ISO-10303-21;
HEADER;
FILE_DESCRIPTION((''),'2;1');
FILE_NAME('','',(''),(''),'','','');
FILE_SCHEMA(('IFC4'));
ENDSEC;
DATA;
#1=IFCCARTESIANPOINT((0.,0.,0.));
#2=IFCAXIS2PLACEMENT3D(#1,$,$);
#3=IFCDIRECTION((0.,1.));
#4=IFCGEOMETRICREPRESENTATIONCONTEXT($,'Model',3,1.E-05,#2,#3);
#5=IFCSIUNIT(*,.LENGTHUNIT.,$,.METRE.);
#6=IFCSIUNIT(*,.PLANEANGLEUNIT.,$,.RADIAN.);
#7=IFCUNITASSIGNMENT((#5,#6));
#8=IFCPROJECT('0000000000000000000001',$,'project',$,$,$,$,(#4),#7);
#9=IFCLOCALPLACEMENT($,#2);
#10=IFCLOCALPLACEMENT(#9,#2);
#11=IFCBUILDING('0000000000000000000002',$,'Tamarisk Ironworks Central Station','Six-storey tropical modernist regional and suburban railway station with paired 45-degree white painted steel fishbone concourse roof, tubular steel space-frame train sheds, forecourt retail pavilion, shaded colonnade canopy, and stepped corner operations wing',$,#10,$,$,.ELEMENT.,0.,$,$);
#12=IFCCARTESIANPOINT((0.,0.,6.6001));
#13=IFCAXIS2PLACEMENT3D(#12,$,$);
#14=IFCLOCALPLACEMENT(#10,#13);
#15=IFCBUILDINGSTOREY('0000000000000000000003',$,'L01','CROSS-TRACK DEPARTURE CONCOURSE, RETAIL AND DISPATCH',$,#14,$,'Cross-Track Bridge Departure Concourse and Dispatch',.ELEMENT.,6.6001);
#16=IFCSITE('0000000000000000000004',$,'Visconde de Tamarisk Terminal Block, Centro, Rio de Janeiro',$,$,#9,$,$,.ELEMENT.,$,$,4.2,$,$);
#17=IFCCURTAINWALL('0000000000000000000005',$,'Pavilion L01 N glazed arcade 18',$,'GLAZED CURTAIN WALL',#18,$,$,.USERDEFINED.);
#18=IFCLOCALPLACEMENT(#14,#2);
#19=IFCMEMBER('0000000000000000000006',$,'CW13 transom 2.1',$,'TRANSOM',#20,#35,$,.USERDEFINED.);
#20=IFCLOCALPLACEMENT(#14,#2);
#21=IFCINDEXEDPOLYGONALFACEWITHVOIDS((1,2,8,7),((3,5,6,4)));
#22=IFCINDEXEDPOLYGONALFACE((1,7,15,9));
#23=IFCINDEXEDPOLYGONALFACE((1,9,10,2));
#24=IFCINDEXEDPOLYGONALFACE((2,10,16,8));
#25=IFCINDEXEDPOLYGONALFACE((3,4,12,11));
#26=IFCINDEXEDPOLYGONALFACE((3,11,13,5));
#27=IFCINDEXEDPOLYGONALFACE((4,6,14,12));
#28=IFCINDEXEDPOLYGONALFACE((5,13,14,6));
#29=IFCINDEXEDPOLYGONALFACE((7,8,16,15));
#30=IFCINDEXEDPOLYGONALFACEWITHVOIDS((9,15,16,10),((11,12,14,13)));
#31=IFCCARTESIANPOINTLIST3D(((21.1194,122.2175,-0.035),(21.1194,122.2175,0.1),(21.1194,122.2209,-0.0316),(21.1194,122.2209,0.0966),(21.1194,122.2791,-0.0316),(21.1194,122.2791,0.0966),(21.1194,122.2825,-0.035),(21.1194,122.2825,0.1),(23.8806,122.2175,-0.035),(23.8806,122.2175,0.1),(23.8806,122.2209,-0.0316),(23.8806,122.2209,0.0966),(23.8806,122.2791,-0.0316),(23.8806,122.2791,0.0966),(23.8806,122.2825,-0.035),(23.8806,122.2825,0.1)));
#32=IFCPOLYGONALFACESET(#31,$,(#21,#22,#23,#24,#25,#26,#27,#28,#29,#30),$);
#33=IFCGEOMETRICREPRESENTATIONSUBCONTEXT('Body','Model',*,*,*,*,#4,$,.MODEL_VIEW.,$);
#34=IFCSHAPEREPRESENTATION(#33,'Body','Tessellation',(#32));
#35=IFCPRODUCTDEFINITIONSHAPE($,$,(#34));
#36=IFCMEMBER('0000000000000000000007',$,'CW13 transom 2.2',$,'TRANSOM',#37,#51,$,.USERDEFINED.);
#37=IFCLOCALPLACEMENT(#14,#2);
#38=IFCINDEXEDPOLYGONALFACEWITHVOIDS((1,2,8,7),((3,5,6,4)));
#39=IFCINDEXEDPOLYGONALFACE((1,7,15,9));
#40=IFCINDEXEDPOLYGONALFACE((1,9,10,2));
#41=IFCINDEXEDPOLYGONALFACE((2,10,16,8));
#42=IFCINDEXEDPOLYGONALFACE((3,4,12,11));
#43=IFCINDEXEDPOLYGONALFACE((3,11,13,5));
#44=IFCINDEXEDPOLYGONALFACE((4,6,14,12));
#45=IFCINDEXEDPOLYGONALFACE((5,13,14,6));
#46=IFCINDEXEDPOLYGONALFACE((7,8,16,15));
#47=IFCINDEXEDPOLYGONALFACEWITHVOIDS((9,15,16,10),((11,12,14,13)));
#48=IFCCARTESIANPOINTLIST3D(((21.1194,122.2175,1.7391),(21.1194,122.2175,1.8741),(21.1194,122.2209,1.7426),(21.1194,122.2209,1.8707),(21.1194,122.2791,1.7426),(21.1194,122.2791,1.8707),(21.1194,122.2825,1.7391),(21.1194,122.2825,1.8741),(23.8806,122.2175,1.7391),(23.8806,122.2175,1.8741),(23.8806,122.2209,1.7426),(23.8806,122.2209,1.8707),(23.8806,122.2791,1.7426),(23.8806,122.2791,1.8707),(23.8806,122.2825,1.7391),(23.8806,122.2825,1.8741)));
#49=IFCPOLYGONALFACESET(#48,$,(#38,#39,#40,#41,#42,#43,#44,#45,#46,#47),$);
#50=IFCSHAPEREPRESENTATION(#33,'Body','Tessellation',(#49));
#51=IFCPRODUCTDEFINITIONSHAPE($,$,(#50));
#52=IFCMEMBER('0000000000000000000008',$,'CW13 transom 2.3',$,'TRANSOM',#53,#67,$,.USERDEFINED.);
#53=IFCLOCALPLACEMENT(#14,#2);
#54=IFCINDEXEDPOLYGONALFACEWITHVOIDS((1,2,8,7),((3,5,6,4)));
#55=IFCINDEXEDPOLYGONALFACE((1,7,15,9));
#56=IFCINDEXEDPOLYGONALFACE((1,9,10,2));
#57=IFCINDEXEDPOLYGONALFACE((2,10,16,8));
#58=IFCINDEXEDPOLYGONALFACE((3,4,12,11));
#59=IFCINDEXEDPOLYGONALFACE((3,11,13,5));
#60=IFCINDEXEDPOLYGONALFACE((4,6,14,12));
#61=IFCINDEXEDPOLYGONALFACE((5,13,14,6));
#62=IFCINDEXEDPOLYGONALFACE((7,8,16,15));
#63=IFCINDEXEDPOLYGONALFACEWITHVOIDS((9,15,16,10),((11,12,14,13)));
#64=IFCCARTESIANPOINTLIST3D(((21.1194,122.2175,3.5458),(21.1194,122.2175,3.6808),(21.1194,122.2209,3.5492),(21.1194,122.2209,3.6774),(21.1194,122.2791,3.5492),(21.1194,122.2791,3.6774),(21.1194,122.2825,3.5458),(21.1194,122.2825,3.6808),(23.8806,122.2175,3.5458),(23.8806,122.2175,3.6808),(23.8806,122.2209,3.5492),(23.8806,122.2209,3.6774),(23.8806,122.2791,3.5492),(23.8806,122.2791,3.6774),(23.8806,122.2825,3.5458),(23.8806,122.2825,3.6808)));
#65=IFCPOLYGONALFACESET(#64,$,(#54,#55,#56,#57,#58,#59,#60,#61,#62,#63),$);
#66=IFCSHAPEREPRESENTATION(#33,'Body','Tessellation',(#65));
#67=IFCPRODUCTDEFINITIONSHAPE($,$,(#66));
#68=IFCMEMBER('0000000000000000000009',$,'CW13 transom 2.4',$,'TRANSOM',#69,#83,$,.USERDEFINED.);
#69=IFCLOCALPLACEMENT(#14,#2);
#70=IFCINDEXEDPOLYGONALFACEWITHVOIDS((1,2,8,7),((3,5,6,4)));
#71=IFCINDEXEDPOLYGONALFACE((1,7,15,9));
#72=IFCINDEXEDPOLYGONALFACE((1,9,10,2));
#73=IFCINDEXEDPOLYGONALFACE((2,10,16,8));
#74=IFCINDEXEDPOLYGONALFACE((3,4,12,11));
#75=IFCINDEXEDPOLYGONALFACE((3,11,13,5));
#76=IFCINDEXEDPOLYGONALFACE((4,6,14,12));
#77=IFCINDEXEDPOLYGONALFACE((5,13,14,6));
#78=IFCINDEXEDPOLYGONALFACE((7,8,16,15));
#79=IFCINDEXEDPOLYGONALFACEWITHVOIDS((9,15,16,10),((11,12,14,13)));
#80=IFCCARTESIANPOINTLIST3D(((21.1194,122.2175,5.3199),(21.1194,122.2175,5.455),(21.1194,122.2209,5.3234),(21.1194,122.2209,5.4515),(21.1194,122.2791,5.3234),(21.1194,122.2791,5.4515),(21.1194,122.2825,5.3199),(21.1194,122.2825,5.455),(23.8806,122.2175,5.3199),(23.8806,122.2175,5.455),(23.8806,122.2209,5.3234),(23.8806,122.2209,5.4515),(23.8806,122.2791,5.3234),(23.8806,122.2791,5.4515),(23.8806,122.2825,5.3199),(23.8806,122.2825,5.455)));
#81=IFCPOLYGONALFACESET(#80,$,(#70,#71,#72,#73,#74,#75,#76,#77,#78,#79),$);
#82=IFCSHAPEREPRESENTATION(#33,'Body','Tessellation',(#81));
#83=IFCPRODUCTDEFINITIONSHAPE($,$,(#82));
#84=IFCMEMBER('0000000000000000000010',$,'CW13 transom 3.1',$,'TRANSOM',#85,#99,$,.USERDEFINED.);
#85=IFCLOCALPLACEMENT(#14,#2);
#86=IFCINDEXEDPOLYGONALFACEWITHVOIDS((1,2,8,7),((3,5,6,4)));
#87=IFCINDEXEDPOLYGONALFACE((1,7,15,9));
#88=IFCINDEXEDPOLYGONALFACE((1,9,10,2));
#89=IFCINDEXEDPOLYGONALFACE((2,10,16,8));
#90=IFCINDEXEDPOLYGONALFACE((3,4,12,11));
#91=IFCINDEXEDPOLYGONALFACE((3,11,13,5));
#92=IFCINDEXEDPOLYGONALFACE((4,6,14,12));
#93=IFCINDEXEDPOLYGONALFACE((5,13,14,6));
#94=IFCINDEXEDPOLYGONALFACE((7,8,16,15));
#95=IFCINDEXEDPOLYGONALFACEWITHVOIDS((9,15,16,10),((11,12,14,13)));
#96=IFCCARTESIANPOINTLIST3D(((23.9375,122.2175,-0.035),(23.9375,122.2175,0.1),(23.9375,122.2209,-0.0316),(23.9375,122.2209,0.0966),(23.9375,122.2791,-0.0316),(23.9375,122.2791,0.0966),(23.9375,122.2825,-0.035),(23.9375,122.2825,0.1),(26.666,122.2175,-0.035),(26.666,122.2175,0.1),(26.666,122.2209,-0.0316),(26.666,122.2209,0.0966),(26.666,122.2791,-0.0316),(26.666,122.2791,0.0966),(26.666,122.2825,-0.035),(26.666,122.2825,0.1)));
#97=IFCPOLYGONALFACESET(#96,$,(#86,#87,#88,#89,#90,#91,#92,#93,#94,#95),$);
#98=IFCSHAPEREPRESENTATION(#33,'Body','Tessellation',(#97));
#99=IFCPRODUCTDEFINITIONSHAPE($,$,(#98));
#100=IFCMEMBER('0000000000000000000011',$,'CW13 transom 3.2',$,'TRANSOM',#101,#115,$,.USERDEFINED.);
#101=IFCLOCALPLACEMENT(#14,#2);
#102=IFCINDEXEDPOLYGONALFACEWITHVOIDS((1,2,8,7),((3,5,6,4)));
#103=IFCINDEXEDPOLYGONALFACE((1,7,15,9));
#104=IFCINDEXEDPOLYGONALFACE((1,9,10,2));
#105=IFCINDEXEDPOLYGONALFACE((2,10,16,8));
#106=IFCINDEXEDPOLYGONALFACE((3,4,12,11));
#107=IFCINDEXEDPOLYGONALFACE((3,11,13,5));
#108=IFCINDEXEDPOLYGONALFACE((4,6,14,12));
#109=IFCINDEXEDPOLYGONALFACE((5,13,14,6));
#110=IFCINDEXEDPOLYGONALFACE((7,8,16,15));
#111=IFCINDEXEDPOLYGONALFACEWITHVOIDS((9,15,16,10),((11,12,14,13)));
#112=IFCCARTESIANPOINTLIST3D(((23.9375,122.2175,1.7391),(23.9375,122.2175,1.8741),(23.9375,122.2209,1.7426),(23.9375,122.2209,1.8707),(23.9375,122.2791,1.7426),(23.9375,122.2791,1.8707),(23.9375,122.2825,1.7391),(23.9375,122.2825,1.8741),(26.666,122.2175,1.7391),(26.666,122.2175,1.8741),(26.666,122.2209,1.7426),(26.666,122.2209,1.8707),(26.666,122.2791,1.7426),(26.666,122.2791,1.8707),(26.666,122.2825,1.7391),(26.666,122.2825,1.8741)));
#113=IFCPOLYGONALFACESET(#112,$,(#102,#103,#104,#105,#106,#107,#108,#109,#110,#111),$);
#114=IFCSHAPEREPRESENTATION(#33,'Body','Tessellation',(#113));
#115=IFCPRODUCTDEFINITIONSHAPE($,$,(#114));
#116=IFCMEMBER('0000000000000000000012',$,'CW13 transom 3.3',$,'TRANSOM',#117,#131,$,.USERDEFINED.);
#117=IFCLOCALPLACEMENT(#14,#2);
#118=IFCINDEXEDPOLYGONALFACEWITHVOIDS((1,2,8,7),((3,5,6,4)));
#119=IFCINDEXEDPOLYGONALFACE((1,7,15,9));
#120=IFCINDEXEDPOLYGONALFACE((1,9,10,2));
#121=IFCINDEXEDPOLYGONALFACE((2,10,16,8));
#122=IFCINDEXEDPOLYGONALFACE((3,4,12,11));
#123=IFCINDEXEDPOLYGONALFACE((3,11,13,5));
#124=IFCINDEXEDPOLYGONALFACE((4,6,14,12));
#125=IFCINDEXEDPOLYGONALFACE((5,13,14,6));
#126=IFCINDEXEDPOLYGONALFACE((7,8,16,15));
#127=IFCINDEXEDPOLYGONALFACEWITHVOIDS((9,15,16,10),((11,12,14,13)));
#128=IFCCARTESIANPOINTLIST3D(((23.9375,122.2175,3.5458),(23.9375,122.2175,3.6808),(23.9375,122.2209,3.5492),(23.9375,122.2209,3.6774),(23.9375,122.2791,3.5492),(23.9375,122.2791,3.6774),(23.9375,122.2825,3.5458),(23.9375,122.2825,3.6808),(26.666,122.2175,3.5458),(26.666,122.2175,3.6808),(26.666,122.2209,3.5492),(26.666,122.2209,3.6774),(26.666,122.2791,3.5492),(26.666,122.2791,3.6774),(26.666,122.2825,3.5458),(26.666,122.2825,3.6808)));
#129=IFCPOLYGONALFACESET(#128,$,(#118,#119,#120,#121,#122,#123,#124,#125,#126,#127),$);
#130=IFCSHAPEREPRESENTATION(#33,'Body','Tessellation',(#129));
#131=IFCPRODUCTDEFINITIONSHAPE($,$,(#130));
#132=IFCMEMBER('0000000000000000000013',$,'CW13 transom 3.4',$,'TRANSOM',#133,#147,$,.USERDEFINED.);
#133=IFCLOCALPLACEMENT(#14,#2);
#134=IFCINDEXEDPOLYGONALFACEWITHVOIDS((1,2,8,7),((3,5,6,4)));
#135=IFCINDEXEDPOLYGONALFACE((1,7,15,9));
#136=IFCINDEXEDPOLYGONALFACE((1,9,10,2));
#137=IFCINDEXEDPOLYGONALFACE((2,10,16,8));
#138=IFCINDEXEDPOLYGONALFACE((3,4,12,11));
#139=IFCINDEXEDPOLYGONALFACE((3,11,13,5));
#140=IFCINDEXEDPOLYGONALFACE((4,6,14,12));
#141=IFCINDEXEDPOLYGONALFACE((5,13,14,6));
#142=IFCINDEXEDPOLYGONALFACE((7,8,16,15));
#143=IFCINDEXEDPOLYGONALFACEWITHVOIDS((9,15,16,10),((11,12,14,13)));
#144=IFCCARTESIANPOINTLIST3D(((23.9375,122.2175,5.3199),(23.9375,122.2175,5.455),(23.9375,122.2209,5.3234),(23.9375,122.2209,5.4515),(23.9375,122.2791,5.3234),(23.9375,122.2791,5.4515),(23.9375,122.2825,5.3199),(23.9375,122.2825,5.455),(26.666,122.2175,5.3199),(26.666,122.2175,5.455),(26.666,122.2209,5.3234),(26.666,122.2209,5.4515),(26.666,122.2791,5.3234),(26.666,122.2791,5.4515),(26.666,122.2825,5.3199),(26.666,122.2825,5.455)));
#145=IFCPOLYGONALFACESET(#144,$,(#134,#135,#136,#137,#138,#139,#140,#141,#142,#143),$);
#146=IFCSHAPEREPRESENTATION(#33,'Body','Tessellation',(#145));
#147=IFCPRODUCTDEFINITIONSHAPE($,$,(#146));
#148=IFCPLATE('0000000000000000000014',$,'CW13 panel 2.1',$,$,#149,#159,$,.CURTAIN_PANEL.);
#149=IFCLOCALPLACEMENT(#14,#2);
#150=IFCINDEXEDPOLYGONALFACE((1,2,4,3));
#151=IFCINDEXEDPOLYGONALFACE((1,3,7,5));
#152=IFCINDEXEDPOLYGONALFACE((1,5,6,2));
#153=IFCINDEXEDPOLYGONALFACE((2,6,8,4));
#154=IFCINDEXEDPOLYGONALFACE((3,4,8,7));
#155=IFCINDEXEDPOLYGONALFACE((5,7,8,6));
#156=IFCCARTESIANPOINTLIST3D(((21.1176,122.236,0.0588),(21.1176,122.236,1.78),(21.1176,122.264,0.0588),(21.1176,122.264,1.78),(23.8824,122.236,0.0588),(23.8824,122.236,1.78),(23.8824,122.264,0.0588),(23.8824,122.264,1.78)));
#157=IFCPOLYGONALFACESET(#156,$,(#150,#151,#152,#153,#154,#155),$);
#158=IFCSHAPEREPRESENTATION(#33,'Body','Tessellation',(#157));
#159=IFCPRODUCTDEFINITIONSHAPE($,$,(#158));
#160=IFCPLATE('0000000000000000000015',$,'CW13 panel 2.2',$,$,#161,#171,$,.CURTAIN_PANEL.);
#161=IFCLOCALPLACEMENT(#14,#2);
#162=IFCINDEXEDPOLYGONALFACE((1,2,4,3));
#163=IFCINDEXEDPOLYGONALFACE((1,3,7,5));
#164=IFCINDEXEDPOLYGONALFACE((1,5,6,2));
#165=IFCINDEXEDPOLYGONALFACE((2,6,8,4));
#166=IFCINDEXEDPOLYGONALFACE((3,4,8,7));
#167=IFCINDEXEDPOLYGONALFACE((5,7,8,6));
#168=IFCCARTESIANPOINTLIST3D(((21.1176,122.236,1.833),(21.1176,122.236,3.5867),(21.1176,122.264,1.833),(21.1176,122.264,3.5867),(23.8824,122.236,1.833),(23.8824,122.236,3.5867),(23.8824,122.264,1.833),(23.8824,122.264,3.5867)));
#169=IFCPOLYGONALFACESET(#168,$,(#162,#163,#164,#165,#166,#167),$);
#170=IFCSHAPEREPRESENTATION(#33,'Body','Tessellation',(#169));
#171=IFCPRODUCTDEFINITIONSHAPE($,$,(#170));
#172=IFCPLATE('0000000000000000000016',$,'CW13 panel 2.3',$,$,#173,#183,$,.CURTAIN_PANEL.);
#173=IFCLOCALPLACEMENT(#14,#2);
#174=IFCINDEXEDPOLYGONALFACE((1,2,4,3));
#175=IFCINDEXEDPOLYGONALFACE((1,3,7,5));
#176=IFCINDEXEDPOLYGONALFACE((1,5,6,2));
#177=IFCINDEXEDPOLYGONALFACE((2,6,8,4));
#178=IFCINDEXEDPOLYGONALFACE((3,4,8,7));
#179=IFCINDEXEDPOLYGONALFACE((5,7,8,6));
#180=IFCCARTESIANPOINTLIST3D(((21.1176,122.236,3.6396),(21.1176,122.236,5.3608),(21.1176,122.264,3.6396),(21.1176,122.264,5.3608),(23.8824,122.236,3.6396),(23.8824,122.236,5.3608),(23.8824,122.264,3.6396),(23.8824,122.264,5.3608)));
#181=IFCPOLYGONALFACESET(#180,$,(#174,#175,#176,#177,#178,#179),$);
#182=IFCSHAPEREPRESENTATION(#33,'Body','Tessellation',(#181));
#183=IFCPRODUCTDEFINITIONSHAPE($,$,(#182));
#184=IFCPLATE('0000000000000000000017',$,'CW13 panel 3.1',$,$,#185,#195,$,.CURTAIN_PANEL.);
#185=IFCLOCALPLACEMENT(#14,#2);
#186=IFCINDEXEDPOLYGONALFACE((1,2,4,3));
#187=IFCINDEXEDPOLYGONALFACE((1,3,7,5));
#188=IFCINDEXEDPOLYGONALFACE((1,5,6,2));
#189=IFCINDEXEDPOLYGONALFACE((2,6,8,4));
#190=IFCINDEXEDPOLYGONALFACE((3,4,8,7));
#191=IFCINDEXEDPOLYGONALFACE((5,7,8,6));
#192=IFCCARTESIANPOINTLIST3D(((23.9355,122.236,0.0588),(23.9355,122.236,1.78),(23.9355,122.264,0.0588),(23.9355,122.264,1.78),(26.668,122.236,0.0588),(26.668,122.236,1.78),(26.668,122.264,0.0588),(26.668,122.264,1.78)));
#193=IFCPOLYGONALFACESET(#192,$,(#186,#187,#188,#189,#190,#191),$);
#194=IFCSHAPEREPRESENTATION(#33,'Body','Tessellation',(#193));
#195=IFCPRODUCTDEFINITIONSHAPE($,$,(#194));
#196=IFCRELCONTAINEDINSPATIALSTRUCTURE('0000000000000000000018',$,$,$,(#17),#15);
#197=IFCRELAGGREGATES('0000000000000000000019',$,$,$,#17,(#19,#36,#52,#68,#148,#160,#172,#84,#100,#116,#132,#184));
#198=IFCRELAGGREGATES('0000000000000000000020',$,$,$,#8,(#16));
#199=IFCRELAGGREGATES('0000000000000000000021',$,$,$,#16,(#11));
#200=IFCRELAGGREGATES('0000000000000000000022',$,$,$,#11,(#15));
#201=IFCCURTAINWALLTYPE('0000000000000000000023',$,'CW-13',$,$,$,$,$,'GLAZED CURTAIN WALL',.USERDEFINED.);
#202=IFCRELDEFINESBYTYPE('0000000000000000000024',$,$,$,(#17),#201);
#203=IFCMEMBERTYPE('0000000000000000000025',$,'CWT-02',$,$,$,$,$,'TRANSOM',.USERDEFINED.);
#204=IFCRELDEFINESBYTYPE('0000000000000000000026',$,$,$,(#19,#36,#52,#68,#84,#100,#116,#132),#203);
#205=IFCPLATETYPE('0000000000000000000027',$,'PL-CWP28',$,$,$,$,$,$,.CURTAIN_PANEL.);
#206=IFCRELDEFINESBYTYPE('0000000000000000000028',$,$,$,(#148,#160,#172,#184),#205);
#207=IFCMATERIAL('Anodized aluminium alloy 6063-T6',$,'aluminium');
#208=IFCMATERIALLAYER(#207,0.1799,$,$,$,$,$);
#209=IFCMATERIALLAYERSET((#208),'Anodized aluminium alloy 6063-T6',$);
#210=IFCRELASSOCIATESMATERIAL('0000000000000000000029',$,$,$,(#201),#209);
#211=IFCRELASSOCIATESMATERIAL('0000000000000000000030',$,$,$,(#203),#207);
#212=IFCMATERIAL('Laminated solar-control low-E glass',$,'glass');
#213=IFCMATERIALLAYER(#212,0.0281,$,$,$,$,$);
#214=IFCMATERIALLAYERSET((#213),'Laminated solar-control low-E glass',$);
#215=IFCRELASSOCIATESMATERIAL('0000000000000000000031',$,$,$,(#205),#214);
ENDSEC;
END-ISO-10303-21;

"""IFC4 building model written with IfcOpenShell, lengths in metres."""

from ifc_helpers import new_model, si_unit, direction, frame, origin, origin_2d, place, context, subcontext, project, spatial, rectangle, hollow_rectangle, extrude, material, layer, layer_set, material_profile, profile_set, type_object, element, aggregate, save


model = new_model("IFC4")

# Units and contexts
model_context = context("Model", 3, precision=1e-05, world=origin(), true_north=direction((0.0, 1.0)))
body_context = subcontext(model_context, "Body", "Model", "MODEL_VIEW")
ifc_project = project(units=[si_unit("LENGTHUNIT", "METRE"), si_unit("PLANEANGLEUNIT", "RADIAN")], contexts=[model_context])

# Site, building, storey
site_placement = place(None, origin())
site = spatial("IfcSite", under=ifc_project, at=site_placement, Name="Visconde de Tamarisk Terminal Block, Centro, Rio de Janeiro", CompositionType="ELEMENT", RefElevation=4.2)
building_placement = place(site_placement, origin())
building = spatial("IfcBuilding", under=site, at=building_placement, Name="Tamarisk Ironworks Central Station", Description="Six-storey tropical modernist regional and suburban railway station with paired 45-degree white painted steel fishbone concourse roof, tubular steel space-frame train sheds, forecourt retail pavilion, shaded colonnade canopy, and stepped corner operations wing", CompositionType="ELEMENT", ElevationOfRefHeight=0.0)
storey_placement = place(building_placement, frame((0.0, 0.0, 6.6001)))
storey = spatial("IfcBuildingStorey", under=building, at=storey_placement, Name="L01", Description="CROSS-TRACK DEPARTURE CONCOURSE, RETAIL AND DISPATCH", LongName="Cross-Track Bridge Departure Concourse and Dispatch", CompositionType="ELEMENT", Elevation=6.6001)

# Curtain wall, members, plates
ifc_material_1 = material(Name="Anodized aluminium alloy 6063-T6", Category="aluminium")
ifc_layer_1 = layer(ifc_material_1, 0.1799)
ifc_layer_set_1 = layer_set([ifc_layer_1], Name="Anodized aluminium alloy 6063-T6")
curtain_wall_type = type_object("IfcCurtainWallType", Name="CW-13", ElementType="GLAZED CURTAIN WALL", PredefinedType="USERDEFINED", material=ifc_layer_set_1)
curtain_wall_placement = place(storey_placement, origin())
curtain_wall = element("IfcCurtainWall", 1, at=curtain_wall_placement, inside=storey, type_object=curtain_wall_type, Name="Pavilion L01 N glazed arcade 18", ObjectType="GLAZED CURTAIN WALL", PredefinedType="USERDEFINED")
ifc_material_profile_1 = material_profile(ifc_material_1, hollow_rectangle(XDim=0.0649, YDim=0.135, WallThickness=0.0034, at=origin_2d()), Name="ALUM 135x65")
ifc_profile_set_1 = profile_set([ifc_material_profile_1], Name="Anodized aluminium alloy 6063-T6")
member_type_1 = type_object("IfcMemberType", Name="CWT-02", ElementType="TRANSOM", PredefinedType="USERDEFINED", material=ifc_profile_set_1)
member_1_placement = place(storey_placement, frame((21.1194, 122.25, 0.0325), z_axis=(1.0, 0.0, 0.0), x_axis=(0.0, 1.0, 0.0)))
member_1 = element("IfcMember", 2, at=member_1_placement, type_object=member_type_1, Name="CW13 transom 2.1", ObjectType="TRANSOM", PredefinedType="USERDEFINED", context=body_context, shape_type="SweptSolid", body=[
    extrude(hollow_rectangle(XDim=0.0649, YDim=0.135, WallThickness=0.0034, at=origin_2d()), origin(), (0.0, 0.0, 1.0), 2.7612),
])
member_2_placement = place(storey_placement, frame((21.1194, 122.25, 1.8066), z_axis=(1.0, 0.0, 0.0), x_axis=(0.0, 1.0, 0.0)))
member_2 = element("IfcMember", 3, at=member_2_placement, type_object=member_type_1, Name="CW13 transom 2.2", ObjectType="TRANSOM", PredefinedType="USERDEFINED", context=body_context, shape_type="SweptSolid", body=[
    extrude(hollow_rectangle(XDim=0.0649, YDim=0.135, WallThickness=0.0034, at=origin_2d()), origin(), (0.0, 0.0, 1.0), 2.7612),
])
member_3_placement = place(storey_placement, frame((21.1194, 122.25, 3.6133), z_axis=(1.0, 0.0, 0.0), x_axis=(0.0, 1.0, 0.0)))
member_3 = element("IfcMember", 4, at=member_3_placement, type_object=member_type_1, Name="CW13 transom 2.3", ObjectType="TRANSOM", PredefinedType="USERDEFINED", context=body_context, shape_type="SweptSolid", body=[
    extrude(hollow_rectangle(XDim=0.0649, YDim=0.135, WallThickness=0.0034, at=origin_2d()), origin(), (0.0, 0.0, 1.0), 2.7612),
])
member_4_placement = place(storey_placement, frame((21.1194, 122.25, 5.3875), z_axis=(1.0, 0.0, 0.0), x_axis=(0.0, 1.0, 0.0)))
member_4 = element("IfcMember", 5, at=member_4_placement, type_object=member_type_1, Name="CW13 transom 2.4", ObjectType="TRANSOM", PredefinedType="USERDEFINED", context=body_context, shape_type="SweptSolid", body=[
    extrude(hollow_rectangle(XDim=0.0649, YDim=0.135, WallThickness=0.0034, at=origin_2d()), origin(), (0.0, 0.0, 1.0), 2.7612),
])
member_5_placement = place(storey_placement, frame((23.9375, 122.25, 0.0325), z_axis=(1.0, 0.0, 0.0), x_axis=(0.0, 1.0, 0.0)))
member_5 = element("IfcMember", 6, at=member_5_placement, type_object=member_type_1, Name="CW13 transom 3.1", ObjectType="TRANSOM", PredefinedType="USERDEFINED", context=body_context, shape_type="SweptSolid", body=[
    extrude(hollow_rectangle(XDim=0.0649, YDim=0.135, WallThickness=0.0034, at=origin_2d()), origin(), (0.0, 0.0, 1.0), 2.7285),
])
member_6_placement = place(storey_placement, frame((23.9375, 122.25, 1.8066), z_axis=(1.0, 0.0, 0.0), x_axis=(0.0, 1.0, 0.0)))
member_6 = element("IfcMember", 7, at=member_6_placement, type_object=member_type_1, Name="CW13 transom 3.2", ObjectType="TRANSOM", PredefinedType="USERDEFINED", context=body_context, shape_type="SweptSolid", body=[
    extrude(hollow_rectangle(XDim=0.0649, YDim=0.135, WallThickness=0.0034, at=origin_2d()), origin(), (0.0, 0.0, 1.0), 2.7285),
])
member_7_placement = place(storey_placement, frame((23.9375, 122.25, 3.6133), z_axis=(1.0, 0.0, 0.0), x_axis=(0.0, 1.0, 0.0)))
member_7 = element("IfcMember", 8, at=member_7_placement, type_object=member_type_1, Name="CW13 transom 3.3", ObjectType="TRANSOM", PredefinedType="USERDEFINED", context=body_context, shape_type="SweptSolid", body=[
    extrude(hollow_rectangle(XDim=0.0649, YDim=0.135, WallThickness=0.0034, at=origin_2d()), origin(), (0.0, 0.0, 1.0), 2.7285),
])
member_8_placement = place(storey_placement, frame((23.9375, 122.25, 5.3875), z_axis=(1.0, 0.0, 0.0), x_axis=(0.0, 1.0, 0.0)))
member_8 = element("IfcMember", 9, at=member_8_placement, type_object=member_type_1, Name="CW13 transom 3.4", ObjectType="TRANSOM", PredefinedType="USERDEFINED", context=body_context, shape_type="SweptSolid", body=[
    extrude(hollow_rectangle(XDim=0.0649, YDim=0.135, WallThickness=0.0034, at=origin_2d()), origin(), (0.0, 0.0, 1.0), 2.7285),
])
ifc_material_2 = material(Name="Laminated solar-control low-E glass", Category="glass")
ifc_layer_2 = layer(ifc_material_2, 0.0281)
ifc_layer_set_2 = layer_set([ifc_layer_2], Name="Laminated solar-control low-E glass")
plate_type = type_object("IfcPlateType", Name="PL-CWP28", PredefinedType="CURTAIN_PANEL", material=ifc_layer_set_2)
plate_1_placement = place(storey_placement, frame((22.5, 122.25, 0.0588), z_axis=(0.0, 0.0, 1.0), x_axis=(1.0, 0.0, 0.0)))
plate_1 = element("IfcPlate", 10, at=plate_1_placement, type_object=plate_type, Name="CW13 panel 2.1", PredefinedType="CURTAIN_PANEL", context=body_context, shape_type="SweptSolid", body=[
    extrude(rectangle(XDim=2.7649, YDim=0.0281, at=origin_2d()), origin(), (0.0, 0.0, 1.0), 1.7212),
])
plate_2_placement = place(storey_placement, frame((22.5, 122.25, 1.833), z_axis=(0.0, 0.0, 1.0), x_axis=(1.0, 0.0, 0.0)))
plate_2 = element("IfcPlate", 11, at=plate_2_placement, type_object=plate_type, Name="CW13 panel 2.2", PredefinedType="CURTAIN_PANEL", context=body_context, shape_type="SweptSolid", body=[
    extrude(rectangle(XDim=2.7649, YDim=0.0281, at=origin_2d()), origin(), (0.0, 0.0, 1.0), 1.7537),
])
plate_3_placement = place(storey_placement, frame((22.5, 122.25, 3.6396), z_axis=(0.0, 0.0, 1.0), x_axis=(1.0, 0.0, 0.0)))
plate_3 = element("IfcPlate", 12, at=plate_3_placement, type_object=plate_type, Name="CW13 panel 2.3", PredefinedType="CURTAIN_PANEL", context=body_context, shape_type="SweptSolid", body=[
    extrude(rectangle(XDim=2.7649, YDim=0.0281, at=origin_2d()), origin(), (0.0, 0.0, 1.0), 1.7212),
])
plate_4_placement = place(storey_placement, frame((25.3018, 122.25, 0.0588), z_axis=(0.0, 0.0, 1.0), x_axis=(1.0, 0.0, 0.0)))
plate_4 = element("IfcPlate", 13, at=plate_4_placement, type_object=plate_type, Name="CW13 panel 3.1", PredefinedType="CURTAIN_PANEL", context=body_context, shape_type="SweptSolid", body=[
    extrude(rectangle(XDim=2.7324, YDim=0.0281, at=origin_2d()), origin(), (0.0, 0.0, 1.0), 1.7212),
])
aggregate(curtain_wall, [member_1, member_2, member_3, member_4, plate_1, plate_2, plate_3, member_5, member_6, member_7, member_8, plate_4])

save(model, "model.ifc")
